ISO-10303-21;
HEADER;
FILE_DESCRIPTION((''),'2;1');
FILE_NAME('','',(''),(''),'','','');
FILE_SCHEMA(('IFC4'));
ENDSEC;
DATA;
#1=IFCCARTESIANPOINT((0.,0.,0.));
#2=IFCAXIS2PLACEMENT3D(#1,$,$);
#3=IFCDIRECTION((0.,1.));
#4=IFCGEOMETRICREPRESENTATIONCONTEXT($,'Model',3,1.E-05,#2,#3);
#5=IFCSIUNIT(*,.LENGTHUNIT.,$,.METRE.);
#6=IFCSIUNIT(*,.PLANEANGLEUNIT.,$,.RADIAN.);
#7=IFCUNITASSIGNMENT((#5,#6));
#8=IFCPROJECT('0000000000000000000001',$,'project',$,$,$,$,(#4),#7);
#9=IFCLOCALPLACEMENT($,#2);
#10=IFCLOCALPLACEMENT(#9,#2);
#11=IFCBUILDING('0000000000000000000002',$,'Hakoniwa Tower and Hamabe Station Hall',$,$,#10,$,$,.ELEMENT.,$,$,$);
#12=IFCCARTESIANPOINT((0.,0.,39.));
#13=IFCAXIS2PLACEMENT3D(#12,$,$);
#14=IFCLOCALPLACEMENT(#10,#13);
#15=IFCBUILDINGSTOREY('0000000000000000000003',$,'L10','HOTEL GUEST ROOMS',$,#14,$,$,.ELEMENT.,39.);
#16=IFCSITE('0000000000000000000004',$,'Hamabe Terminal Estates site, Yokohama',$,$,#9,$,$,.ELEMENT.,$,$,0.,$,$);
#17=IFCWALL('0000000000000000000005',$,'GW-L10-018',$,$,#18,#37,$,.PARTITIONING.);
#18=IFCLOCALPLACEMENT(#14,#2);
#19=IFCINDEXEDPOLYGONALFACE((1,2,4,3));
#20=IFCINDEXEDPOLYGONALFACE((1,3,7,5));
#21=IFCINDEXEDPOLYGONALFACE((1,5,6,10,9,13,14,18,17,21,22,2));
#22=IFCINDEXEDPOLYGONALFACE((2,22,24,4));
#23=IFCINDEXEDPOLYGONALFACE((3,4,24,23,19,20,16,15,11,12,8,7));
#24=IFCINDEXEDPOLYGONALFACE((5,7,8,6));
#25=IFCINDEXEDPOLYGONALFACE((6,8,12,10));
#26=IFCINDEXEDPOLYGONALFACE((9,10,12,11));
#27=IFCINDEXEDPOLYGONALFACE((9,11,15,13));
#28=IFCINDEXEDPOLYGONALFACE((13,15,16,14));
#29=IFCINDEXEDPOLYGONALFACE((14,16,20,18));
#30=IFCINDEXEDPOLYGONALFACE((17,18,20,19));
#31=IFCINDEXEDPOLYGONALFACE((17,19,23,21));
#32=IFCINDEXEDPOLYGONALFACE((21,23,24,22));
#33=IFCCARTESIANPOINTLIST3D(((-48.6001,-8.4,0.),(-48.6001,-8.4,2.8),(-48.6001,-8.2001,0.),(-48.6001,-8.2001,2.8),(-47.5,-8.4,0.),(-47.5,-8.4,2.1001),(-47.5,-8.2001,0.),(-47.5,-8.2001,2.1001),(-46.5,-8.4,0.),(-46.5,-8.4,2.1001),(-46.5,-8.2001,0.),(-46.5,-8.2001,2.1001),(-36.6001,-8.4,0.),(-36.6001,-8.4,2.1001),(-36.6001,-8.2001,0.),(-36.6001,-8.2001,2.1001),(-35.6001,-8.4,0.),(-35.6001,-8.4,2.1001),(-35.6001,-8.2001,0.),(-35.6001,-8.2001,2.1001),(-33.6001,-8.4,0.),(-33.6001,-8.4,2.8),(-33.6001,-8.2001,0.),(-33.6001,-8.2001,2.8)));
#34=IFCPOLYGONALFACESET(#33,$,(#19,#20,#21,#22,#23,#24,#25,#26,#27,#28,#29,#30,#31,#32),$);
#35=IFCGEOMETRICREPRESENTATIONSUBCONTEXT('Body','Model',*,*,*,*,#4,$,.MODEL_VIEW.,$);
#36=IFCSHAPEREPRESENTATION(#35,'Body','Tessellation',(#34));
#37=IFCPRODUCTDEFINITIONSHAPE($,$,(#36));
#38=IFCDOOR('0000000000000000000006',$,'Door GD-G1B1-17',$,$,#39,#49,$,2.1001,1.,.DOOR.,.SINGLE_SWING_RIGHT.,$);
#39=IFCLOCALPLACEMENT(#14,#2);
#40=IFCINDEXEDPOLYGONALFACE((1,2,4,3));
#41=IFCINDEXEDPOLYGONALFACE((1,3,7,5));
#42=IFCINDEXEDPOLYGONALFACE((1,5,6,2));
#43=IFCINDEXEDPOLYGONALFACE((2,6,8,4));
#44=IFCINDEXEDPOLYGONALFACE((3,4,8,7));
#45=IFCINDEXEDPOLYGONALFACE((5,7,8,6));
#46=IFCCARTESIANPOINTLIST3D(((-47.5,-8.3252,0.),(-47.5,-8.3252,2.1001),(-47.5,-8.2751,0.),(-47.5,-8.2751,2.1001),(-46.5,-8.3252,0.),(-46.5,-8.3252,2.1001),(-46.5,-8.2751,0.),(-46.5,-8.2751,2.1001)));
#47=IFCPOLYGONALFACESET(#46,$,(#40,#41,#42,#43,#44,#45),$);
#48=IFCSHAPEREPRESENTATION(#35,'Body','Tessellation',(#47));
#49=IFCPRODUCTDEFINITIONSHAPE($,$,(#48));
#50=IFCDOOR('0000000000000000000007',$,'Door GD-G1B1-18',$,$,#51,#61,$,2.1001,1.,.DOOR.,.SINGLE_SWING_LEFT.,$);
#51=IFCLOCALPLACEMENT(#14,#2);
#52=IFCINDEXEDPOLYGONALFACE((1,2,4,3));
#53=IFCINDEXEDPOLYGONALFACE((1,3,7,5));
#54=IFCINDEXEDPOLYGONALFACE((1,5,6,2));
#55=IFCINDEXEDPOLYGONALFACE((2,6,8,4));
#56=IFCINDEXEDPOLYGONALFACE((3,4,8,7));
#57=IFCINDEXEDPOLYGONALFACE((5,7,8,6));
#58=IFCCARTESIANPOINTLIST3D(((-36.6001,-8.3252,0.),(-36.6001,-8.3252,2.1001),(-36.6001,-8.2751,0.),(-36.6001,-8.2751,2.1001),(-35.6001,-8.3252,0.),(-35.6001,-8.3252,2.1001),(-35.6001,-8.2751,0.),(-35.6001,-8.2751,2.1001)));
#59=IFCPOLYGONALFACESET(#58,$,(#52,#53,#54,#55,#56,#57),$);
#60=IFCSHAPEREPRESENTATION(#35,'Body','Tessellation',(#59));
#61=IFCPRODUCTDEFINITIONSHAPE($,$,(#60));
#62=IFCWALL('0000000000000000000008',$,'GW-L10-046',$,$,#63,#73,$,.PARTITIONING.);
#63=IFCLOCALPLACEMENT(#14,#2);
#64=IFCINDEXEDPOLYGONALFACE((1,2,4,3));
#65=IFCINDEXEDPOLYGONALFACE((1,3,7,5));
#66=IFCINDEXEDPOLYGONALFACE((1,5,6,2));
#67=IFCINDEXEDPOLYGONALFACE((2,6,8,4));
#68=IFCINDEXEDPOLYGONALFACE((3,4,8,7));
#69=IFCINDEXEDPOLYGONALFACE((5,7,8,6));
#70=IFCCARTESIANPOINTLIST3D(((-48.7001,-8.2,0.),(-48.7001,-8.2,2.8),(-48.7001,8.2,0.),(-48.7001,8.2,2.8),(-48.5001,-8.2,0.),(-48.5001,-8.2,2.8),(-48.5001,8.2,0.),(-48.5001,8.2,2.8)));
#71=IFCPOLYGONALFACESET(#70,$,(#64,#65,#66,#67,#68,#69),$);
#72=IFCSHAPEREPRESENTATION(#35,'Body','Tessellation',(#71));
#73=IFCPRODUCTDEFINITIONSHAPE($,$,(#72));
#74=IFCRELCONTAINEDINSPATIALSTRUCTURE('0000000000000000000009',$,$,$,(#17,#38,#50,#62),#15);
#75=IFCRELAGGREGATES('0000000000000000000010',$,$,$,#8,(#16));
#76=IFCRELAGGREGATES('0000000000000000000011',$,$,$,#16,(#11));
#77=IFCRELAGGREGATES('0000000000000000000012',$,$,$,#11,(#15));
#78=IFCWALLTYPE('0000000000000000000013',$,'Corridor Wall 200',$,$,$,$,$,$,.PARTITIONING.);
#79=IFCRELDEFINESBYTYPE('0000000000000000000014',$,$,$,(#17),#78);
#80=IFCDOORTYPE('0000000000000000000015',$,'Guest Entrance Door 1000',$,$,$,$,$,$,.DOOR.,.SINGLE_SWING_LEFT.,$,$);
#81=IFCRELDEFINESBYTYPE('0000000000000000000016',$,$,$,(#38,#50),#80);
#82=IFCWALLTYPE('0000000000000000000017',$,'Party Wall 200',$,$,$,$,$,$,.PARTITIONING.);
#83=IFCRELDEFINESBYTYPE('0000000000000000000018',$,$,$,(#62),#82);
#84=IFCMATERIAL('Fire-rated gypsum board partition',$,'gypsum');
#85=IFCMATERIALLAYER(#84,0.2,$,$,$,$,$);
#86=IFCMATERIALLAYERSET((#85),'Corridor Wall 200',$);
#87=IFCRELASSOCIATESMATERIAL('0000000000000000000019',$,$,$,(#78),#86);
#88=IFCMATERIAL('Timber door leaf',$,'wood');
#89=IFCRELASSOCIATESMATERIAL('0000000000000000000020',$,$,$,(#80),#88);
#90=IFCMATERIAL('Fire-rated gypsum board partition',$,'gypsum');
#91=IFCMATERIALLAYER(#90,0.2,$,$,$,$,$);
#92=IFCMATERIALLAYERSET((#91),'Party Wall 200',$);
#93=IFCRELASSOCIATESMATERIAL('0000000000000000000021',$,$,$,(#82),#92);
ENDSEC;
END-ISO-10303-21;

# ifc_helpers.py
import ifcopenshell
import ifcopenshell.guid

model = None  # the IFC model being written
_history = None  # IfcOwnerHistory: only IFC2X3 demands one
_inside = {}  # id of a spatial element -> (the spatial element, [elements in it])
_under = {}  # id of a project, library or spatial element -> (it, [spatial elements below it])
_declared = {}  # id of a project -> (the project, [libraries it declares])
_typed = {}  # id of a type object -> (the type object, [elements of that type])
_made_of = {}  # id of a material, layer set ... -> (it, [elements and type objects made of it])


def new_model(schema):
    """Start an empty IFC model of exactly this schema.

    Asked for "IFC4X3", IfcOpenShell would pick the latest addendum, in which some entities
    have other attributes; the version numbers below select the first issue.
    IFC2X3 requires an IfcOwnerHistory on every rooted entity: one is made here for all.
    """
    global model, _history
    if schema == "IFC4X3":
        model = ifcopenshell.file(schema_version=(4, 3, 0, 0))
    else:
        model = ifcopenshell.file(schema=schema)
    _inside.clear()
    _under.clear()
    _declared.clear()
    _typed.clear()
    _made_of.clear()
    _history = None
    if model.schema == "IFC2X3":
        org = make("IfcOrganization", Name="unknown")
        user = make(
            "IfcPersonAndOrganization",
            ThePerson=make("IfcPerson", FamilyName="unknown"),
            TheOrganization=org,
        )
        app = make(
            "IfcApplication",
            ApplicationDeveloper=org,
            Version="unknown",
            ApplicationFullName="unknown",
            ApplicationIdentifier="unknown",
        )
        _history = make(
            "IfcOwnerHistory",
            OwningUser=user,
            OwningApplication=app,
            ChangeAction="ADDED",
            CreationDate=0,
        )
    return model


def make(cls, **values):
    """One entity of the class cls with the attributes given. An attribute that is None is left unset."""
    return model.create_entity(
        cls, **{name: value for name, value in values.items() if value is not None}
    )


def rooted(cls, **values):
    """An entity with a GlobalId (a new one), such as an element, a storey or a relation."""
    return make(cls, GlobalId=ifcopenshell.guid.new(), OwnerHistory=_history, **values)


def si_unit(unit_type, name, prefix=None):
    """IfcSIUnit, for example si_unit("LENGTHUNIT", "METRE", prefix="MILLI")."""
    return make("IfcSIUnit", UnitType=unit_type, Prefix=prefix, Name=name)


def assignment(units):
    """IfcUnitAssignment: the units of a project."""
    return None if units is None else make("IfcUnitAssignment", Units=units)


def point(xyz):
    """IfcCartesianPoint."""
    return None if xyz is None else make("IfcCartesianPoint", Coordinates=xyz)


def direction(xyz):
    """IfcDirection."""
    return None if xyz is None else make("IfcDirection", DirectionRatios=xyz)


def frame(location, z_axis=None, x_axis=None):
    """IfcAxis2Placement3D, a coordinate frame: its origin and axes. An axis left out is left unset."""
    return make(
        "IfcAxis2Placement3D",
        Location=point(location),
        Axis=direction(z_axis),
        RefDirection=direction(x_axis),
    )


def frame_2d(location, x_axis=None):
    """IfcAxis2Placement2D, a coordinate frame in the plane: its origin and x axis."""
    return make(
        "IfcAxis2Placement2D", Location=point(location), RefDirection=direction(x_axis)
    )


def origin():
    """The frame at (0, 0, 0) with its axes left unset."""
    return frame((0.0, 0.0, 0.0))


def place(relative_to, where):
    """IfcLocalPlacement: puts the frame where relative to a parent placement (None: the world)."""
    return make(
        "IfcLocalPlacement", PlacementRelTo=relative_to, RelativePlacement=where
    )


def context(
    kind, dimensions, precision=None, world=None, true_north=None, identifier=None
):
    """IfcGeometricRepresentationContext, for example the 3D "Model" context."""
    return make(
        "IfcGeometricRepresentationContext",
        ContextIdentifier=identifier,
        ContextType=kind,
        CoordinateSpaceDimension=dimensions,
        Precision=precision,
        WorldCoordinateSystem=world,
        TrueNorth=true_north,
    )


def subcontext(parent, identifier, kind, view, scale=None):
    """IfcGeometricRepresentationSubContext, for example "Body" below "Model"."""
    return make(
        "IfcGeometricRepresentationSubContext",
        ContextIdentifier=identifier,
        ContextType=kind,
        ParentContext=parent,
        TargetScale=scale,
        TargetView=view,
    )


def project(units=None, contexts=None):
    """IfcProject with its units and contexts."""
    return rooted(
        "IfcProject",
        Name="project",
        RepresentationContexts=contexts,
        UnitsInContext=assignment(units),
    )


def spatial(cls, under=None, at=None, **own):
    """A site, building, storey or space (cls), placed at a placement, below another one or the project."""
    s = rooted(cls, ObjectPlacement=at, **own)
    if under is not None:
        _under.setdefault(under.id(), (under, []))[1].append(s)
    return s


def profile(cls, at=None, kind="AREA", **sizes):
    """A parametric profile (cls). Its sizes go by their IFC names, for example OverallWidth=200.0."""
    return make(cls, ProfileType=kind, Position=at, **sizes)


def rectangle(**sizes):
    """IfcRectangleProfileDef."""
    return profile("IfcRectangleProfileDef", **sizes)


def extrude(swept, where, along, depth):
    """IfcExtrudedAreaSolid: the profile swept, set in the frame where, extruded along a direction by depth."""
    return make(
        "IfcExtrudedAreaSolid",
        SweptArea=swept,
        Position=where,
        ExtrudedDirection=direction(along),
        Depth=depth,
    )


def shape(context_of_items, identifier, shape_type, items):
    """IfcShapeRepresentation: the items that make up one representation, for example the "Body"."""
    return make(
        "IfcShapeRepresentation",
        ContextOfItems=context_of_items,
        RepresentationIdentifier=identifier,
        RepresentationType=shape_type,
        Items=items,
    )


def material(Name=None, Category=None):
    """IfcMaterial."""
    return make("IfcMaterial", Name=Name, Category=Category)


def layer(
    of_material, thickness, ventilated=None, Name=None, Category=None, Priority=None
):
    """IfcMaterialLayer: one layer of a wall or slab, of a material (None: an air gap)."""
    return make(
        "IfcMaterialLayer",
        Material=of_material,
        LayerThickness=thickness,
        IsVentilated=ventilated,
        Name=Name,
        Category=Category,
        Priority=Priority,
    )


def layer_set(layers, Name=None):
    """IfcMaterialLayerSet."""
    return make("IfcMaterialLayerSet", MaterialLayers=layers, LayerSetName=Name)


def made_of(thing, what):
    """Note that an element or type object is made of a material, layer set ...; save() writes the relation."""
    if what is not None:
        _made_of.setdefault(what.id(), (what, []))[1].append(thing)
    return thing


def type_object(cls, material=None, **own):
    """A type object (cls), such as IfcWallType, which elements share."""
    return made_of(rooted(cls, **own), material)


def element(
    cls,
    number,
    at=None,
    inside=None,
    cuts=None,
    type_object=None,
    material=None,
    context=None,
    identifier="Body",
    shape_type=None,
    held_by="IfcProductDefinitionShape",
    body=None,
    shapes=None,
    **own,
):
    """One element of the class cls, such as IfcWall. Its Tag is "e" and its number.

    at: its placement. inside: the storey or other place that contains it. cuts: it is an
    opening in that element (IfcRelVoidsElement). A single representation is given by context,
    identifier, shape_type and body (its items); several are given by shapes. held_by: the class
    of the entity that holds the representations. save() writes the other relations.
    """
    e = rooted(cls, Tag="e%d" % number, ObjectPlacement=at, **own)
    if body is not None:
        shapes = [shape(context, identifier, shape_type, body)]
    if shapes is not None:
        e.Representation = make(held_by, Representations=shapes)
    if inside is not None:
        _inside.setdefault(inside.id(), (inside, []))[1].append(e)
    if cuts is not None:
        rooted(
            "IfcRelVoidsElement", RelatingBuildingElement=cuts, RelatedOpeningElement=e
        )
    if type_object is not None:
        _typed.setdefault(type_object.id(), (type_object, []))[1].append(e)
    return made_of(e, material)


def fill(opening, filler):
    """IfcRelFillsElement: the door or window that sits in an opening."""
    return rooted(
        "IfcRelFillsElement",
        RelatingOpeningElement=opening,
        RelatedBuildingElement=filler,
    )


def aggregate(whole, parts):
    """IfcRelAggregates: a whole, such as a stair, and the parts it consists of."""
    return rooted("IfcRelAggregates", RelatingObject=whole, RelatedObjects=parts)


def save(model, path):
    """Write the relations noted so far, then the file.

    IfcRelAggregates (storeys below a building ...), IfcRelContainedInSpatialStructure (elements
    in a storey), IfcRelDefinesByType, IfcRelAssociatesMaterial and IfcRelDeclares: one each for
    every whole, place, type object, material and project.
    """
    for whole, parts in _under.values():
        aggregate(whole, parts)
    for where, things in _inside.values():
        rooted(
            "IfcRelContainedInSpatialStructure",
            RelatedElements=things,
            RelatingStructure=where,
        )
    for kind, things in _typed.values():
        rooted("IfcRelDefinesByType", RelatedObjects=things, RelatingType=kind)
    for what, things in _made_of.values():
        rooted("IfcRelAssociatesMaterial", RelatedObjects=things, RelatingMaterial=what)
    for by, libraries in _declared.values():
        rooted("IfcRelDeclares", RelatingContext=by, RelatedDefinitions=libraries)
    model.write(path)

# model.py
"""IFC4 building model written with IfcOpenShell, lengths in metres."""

from ifc_helpers import new_model, si_unit, direction, frame, frame_2d, origin, place, context, subcontext, project, spatial, rectangle, extrude, material, layer, layer_set, type_object, element, fill, save


model = new_model("IFC4")

# Units and contexts
model_context = context("Model", 3, precision=1e-05, world=origin(), true_north=direction((0.0, 1.0)))
body_context = subcontext(model_context, "Body", "Model", "MODEL_VIEW")
ifc_project = project(units=[si_unit("LENGTHUNIT", "METRE"), si_unit("PLANEANGLEUNIT", "RADIAN")], contexts=[model_context])

# Site, building, storey
site_placement = place(None, origin())
site = spatial("IfcSite", under=ifc_project, at=site_placement, Name="Hamabe Terminal Estates site, Yokohama", CompositionType="ELEMENT", RefElevation=0.0)
building_placement = place(site_placement, origin())
building = spatial("IfcBuilding", under=site, at=building_placement, Name="Hakoniwa Tower and Hamabe Station Hall", CompositionType="ELEMENT")
storey_placement = place(building_placement, frame((0.0, 0.0, 39.0)))
storey = spatial("IfcBuildingStorey", under=building, at=storey_placement, Name="L10", Description="HOTEL GUEST ROOMS", CompositionType="ELEMENT", Elevation=39.0)

# Wall, openings, doors
ifc_material_1 = material(Name="Fire-rated gypsum board partition", Category="gypsum")
ifc_layer_1 = layer(ifc_material_1, 0.2)
ifc_layer_set_1 = layer_set([ifc_layer_1], Name="Corridor Wall 200")
wall_type_1 = type_object("IfcWallType", Name="Corridor Wall 200", PredefinedType="PARTITIONING", material=ifc_layer_set_1)
ifc_material_2 = material(Name="Timber door leaf", Category="wood")
door_type_1 = type_object("IfcDoorType", Name="Guest Entrance Door 1000", OperationType="SINGLE_SWING_LEFT", PredefinedType="DOOR", material=ifc_material_2)
wall_1_placement = place(storey_placement, frame((-48.6001, -8.3, 0.0), z_axis=(0.0, 0.0, 1.0), x_axis=(1.0, 0.0, 0.0)))
wall_1 = element("IfcWall", 1, at=wall_1_placement, inside=storey, type_object=wall_type_1, Name="GW-L10-018", PredefinedType="PARTITIONING", context=body_context, shape_type="SweptSolid", body=[
    extrude(rectangle(XDim=15.0, YDim=0.2, at=frame_2d((7.5, 0.0))), origin(), (0.0, 0.0, 1.0), 2.8),
])
opening_1_placement = place(wall_1_placement, frame((1.1001, 0.0, 0.0)))
opening_1 = element("IfcOpeningElement", 2, at=opening_1_placement, cuts=wall_1, PredefinedType="OPENING", context=body_context, shape_type="SweptSolid", body=[
    extrude(rectangle(XDim=1.0, YDim=2.1001, at=frame_2d((0.5, 1.05))), frame((0.0, 0.1099, 0.0), z_axis=(0.0, -1.0, 0.0), x_axis=(1.0, 0.0, 0.0)), (0.0, 0.0, 1.0), 0.22),
])
opening_2_placement = place(wall_1_placement, frame((12.0, 0.0, 0.0)))
opening_2 = element("IfcOpeningElement", 3, at=opening_2_placement, cuts=wall_1, PredefinedType="OPENING", context=body_context, shape_type="SweptSolid", body=[
    extrude(rectangle(XDim=1.0, YDim=2.1001, at=frame_2d((0.5, 1.05))), frame((0.0, 0.1099, 0.0), z_axis=(0.0, -1.0, 0.0), x_axis=(1.0, 0.0, 0.0)), (0.0, 0.0, 1.0), 0.22),
])
door_1_placement = place(opening_1_placement, origin())
door_1 = element("IfcDoor", 4, at=door_1_placement, inside=storey, type_object=door_type_1, Name="Door GD-G1B1-17", OperationType="SINGLE_SWING_RIGHT", OverallHeight=2.1001, OverallWidth=1.0, PredefinedType="DOOR", context=body_context, shape_type="SweptSolid", body=[
    extrude(rectangle(XDim=1.0, YDim=2.1001, at=frame_2d((0.5, 1.05))), frame((0.0, 0.0249, 0.0), z_axis=(0.0, -1.0, 0.0), x_axis=(1.0, 0.0, 0.0)), (0.0, 0.0, 1.0), 0.05),
])
fill(opening_1, door_1)
door_2_placement = place(opening_2_placement, origin())
door_2 = element("IfcDoor", 5, at=door_2_placement, inside=storey, type_object=door_type_1, Name="Door GD-G1B1-18", OperationType="SINGLE_SWING_LEFT", OverallHeight=2.1001, OverallWidth=1.0, PredefinedType="DOOR", context=body_context, shape_type="SweptSolid", body=[
    extrude(rectangle(XDim=1.0, YDim=2.1001, at=frame_2d((0.5, 1.05))), frame((0.0, 0.0249, 0.0), z_axis=(0.0, -1.0, 0.0), x_axis=(1.0, 0.0, 0.0)), (0.0, 0.0, 1.0), 0.05),
])
fill(opening_2, door_2)

# Wall
ifc_material_3 = material(Name="Fire-rated gypsum board partition", Category="gypsum")
ifc_layer_2 = layer(ifc_material_3, 0.2)
ifc_layer_set_2 = layer_set([ifc_layer_2], Name="Party Wall 200")
wall_type_2 = type_object("IfcWallType", Name="Party Wall 200", PredefinedType="PARTITIONING", material=ifc_layer_set_2)
wall_2_placement = place(storey_placement, frame((-48.6001, -8.2, 0.0), z_axis=(0.0, 0.0, 1.0), x_axis=(0.0, 1.0, 0.0)))
element("IfcWall", 6, at=wall_2_placement, inside=storey, type_object=wall_type_2, Name="GW-L10-046", PredefinedType="PARTITIONING", context=body_context, shape_type="SweptSolid", body=[
    extrude(rectangle(XDim=16.3999, YDim=0.2, at=frame_2d((8.2, 0.0))), origin(), (0.0, 0.0, 1.0), 2.8),
])

save(model, "model.ifc")
